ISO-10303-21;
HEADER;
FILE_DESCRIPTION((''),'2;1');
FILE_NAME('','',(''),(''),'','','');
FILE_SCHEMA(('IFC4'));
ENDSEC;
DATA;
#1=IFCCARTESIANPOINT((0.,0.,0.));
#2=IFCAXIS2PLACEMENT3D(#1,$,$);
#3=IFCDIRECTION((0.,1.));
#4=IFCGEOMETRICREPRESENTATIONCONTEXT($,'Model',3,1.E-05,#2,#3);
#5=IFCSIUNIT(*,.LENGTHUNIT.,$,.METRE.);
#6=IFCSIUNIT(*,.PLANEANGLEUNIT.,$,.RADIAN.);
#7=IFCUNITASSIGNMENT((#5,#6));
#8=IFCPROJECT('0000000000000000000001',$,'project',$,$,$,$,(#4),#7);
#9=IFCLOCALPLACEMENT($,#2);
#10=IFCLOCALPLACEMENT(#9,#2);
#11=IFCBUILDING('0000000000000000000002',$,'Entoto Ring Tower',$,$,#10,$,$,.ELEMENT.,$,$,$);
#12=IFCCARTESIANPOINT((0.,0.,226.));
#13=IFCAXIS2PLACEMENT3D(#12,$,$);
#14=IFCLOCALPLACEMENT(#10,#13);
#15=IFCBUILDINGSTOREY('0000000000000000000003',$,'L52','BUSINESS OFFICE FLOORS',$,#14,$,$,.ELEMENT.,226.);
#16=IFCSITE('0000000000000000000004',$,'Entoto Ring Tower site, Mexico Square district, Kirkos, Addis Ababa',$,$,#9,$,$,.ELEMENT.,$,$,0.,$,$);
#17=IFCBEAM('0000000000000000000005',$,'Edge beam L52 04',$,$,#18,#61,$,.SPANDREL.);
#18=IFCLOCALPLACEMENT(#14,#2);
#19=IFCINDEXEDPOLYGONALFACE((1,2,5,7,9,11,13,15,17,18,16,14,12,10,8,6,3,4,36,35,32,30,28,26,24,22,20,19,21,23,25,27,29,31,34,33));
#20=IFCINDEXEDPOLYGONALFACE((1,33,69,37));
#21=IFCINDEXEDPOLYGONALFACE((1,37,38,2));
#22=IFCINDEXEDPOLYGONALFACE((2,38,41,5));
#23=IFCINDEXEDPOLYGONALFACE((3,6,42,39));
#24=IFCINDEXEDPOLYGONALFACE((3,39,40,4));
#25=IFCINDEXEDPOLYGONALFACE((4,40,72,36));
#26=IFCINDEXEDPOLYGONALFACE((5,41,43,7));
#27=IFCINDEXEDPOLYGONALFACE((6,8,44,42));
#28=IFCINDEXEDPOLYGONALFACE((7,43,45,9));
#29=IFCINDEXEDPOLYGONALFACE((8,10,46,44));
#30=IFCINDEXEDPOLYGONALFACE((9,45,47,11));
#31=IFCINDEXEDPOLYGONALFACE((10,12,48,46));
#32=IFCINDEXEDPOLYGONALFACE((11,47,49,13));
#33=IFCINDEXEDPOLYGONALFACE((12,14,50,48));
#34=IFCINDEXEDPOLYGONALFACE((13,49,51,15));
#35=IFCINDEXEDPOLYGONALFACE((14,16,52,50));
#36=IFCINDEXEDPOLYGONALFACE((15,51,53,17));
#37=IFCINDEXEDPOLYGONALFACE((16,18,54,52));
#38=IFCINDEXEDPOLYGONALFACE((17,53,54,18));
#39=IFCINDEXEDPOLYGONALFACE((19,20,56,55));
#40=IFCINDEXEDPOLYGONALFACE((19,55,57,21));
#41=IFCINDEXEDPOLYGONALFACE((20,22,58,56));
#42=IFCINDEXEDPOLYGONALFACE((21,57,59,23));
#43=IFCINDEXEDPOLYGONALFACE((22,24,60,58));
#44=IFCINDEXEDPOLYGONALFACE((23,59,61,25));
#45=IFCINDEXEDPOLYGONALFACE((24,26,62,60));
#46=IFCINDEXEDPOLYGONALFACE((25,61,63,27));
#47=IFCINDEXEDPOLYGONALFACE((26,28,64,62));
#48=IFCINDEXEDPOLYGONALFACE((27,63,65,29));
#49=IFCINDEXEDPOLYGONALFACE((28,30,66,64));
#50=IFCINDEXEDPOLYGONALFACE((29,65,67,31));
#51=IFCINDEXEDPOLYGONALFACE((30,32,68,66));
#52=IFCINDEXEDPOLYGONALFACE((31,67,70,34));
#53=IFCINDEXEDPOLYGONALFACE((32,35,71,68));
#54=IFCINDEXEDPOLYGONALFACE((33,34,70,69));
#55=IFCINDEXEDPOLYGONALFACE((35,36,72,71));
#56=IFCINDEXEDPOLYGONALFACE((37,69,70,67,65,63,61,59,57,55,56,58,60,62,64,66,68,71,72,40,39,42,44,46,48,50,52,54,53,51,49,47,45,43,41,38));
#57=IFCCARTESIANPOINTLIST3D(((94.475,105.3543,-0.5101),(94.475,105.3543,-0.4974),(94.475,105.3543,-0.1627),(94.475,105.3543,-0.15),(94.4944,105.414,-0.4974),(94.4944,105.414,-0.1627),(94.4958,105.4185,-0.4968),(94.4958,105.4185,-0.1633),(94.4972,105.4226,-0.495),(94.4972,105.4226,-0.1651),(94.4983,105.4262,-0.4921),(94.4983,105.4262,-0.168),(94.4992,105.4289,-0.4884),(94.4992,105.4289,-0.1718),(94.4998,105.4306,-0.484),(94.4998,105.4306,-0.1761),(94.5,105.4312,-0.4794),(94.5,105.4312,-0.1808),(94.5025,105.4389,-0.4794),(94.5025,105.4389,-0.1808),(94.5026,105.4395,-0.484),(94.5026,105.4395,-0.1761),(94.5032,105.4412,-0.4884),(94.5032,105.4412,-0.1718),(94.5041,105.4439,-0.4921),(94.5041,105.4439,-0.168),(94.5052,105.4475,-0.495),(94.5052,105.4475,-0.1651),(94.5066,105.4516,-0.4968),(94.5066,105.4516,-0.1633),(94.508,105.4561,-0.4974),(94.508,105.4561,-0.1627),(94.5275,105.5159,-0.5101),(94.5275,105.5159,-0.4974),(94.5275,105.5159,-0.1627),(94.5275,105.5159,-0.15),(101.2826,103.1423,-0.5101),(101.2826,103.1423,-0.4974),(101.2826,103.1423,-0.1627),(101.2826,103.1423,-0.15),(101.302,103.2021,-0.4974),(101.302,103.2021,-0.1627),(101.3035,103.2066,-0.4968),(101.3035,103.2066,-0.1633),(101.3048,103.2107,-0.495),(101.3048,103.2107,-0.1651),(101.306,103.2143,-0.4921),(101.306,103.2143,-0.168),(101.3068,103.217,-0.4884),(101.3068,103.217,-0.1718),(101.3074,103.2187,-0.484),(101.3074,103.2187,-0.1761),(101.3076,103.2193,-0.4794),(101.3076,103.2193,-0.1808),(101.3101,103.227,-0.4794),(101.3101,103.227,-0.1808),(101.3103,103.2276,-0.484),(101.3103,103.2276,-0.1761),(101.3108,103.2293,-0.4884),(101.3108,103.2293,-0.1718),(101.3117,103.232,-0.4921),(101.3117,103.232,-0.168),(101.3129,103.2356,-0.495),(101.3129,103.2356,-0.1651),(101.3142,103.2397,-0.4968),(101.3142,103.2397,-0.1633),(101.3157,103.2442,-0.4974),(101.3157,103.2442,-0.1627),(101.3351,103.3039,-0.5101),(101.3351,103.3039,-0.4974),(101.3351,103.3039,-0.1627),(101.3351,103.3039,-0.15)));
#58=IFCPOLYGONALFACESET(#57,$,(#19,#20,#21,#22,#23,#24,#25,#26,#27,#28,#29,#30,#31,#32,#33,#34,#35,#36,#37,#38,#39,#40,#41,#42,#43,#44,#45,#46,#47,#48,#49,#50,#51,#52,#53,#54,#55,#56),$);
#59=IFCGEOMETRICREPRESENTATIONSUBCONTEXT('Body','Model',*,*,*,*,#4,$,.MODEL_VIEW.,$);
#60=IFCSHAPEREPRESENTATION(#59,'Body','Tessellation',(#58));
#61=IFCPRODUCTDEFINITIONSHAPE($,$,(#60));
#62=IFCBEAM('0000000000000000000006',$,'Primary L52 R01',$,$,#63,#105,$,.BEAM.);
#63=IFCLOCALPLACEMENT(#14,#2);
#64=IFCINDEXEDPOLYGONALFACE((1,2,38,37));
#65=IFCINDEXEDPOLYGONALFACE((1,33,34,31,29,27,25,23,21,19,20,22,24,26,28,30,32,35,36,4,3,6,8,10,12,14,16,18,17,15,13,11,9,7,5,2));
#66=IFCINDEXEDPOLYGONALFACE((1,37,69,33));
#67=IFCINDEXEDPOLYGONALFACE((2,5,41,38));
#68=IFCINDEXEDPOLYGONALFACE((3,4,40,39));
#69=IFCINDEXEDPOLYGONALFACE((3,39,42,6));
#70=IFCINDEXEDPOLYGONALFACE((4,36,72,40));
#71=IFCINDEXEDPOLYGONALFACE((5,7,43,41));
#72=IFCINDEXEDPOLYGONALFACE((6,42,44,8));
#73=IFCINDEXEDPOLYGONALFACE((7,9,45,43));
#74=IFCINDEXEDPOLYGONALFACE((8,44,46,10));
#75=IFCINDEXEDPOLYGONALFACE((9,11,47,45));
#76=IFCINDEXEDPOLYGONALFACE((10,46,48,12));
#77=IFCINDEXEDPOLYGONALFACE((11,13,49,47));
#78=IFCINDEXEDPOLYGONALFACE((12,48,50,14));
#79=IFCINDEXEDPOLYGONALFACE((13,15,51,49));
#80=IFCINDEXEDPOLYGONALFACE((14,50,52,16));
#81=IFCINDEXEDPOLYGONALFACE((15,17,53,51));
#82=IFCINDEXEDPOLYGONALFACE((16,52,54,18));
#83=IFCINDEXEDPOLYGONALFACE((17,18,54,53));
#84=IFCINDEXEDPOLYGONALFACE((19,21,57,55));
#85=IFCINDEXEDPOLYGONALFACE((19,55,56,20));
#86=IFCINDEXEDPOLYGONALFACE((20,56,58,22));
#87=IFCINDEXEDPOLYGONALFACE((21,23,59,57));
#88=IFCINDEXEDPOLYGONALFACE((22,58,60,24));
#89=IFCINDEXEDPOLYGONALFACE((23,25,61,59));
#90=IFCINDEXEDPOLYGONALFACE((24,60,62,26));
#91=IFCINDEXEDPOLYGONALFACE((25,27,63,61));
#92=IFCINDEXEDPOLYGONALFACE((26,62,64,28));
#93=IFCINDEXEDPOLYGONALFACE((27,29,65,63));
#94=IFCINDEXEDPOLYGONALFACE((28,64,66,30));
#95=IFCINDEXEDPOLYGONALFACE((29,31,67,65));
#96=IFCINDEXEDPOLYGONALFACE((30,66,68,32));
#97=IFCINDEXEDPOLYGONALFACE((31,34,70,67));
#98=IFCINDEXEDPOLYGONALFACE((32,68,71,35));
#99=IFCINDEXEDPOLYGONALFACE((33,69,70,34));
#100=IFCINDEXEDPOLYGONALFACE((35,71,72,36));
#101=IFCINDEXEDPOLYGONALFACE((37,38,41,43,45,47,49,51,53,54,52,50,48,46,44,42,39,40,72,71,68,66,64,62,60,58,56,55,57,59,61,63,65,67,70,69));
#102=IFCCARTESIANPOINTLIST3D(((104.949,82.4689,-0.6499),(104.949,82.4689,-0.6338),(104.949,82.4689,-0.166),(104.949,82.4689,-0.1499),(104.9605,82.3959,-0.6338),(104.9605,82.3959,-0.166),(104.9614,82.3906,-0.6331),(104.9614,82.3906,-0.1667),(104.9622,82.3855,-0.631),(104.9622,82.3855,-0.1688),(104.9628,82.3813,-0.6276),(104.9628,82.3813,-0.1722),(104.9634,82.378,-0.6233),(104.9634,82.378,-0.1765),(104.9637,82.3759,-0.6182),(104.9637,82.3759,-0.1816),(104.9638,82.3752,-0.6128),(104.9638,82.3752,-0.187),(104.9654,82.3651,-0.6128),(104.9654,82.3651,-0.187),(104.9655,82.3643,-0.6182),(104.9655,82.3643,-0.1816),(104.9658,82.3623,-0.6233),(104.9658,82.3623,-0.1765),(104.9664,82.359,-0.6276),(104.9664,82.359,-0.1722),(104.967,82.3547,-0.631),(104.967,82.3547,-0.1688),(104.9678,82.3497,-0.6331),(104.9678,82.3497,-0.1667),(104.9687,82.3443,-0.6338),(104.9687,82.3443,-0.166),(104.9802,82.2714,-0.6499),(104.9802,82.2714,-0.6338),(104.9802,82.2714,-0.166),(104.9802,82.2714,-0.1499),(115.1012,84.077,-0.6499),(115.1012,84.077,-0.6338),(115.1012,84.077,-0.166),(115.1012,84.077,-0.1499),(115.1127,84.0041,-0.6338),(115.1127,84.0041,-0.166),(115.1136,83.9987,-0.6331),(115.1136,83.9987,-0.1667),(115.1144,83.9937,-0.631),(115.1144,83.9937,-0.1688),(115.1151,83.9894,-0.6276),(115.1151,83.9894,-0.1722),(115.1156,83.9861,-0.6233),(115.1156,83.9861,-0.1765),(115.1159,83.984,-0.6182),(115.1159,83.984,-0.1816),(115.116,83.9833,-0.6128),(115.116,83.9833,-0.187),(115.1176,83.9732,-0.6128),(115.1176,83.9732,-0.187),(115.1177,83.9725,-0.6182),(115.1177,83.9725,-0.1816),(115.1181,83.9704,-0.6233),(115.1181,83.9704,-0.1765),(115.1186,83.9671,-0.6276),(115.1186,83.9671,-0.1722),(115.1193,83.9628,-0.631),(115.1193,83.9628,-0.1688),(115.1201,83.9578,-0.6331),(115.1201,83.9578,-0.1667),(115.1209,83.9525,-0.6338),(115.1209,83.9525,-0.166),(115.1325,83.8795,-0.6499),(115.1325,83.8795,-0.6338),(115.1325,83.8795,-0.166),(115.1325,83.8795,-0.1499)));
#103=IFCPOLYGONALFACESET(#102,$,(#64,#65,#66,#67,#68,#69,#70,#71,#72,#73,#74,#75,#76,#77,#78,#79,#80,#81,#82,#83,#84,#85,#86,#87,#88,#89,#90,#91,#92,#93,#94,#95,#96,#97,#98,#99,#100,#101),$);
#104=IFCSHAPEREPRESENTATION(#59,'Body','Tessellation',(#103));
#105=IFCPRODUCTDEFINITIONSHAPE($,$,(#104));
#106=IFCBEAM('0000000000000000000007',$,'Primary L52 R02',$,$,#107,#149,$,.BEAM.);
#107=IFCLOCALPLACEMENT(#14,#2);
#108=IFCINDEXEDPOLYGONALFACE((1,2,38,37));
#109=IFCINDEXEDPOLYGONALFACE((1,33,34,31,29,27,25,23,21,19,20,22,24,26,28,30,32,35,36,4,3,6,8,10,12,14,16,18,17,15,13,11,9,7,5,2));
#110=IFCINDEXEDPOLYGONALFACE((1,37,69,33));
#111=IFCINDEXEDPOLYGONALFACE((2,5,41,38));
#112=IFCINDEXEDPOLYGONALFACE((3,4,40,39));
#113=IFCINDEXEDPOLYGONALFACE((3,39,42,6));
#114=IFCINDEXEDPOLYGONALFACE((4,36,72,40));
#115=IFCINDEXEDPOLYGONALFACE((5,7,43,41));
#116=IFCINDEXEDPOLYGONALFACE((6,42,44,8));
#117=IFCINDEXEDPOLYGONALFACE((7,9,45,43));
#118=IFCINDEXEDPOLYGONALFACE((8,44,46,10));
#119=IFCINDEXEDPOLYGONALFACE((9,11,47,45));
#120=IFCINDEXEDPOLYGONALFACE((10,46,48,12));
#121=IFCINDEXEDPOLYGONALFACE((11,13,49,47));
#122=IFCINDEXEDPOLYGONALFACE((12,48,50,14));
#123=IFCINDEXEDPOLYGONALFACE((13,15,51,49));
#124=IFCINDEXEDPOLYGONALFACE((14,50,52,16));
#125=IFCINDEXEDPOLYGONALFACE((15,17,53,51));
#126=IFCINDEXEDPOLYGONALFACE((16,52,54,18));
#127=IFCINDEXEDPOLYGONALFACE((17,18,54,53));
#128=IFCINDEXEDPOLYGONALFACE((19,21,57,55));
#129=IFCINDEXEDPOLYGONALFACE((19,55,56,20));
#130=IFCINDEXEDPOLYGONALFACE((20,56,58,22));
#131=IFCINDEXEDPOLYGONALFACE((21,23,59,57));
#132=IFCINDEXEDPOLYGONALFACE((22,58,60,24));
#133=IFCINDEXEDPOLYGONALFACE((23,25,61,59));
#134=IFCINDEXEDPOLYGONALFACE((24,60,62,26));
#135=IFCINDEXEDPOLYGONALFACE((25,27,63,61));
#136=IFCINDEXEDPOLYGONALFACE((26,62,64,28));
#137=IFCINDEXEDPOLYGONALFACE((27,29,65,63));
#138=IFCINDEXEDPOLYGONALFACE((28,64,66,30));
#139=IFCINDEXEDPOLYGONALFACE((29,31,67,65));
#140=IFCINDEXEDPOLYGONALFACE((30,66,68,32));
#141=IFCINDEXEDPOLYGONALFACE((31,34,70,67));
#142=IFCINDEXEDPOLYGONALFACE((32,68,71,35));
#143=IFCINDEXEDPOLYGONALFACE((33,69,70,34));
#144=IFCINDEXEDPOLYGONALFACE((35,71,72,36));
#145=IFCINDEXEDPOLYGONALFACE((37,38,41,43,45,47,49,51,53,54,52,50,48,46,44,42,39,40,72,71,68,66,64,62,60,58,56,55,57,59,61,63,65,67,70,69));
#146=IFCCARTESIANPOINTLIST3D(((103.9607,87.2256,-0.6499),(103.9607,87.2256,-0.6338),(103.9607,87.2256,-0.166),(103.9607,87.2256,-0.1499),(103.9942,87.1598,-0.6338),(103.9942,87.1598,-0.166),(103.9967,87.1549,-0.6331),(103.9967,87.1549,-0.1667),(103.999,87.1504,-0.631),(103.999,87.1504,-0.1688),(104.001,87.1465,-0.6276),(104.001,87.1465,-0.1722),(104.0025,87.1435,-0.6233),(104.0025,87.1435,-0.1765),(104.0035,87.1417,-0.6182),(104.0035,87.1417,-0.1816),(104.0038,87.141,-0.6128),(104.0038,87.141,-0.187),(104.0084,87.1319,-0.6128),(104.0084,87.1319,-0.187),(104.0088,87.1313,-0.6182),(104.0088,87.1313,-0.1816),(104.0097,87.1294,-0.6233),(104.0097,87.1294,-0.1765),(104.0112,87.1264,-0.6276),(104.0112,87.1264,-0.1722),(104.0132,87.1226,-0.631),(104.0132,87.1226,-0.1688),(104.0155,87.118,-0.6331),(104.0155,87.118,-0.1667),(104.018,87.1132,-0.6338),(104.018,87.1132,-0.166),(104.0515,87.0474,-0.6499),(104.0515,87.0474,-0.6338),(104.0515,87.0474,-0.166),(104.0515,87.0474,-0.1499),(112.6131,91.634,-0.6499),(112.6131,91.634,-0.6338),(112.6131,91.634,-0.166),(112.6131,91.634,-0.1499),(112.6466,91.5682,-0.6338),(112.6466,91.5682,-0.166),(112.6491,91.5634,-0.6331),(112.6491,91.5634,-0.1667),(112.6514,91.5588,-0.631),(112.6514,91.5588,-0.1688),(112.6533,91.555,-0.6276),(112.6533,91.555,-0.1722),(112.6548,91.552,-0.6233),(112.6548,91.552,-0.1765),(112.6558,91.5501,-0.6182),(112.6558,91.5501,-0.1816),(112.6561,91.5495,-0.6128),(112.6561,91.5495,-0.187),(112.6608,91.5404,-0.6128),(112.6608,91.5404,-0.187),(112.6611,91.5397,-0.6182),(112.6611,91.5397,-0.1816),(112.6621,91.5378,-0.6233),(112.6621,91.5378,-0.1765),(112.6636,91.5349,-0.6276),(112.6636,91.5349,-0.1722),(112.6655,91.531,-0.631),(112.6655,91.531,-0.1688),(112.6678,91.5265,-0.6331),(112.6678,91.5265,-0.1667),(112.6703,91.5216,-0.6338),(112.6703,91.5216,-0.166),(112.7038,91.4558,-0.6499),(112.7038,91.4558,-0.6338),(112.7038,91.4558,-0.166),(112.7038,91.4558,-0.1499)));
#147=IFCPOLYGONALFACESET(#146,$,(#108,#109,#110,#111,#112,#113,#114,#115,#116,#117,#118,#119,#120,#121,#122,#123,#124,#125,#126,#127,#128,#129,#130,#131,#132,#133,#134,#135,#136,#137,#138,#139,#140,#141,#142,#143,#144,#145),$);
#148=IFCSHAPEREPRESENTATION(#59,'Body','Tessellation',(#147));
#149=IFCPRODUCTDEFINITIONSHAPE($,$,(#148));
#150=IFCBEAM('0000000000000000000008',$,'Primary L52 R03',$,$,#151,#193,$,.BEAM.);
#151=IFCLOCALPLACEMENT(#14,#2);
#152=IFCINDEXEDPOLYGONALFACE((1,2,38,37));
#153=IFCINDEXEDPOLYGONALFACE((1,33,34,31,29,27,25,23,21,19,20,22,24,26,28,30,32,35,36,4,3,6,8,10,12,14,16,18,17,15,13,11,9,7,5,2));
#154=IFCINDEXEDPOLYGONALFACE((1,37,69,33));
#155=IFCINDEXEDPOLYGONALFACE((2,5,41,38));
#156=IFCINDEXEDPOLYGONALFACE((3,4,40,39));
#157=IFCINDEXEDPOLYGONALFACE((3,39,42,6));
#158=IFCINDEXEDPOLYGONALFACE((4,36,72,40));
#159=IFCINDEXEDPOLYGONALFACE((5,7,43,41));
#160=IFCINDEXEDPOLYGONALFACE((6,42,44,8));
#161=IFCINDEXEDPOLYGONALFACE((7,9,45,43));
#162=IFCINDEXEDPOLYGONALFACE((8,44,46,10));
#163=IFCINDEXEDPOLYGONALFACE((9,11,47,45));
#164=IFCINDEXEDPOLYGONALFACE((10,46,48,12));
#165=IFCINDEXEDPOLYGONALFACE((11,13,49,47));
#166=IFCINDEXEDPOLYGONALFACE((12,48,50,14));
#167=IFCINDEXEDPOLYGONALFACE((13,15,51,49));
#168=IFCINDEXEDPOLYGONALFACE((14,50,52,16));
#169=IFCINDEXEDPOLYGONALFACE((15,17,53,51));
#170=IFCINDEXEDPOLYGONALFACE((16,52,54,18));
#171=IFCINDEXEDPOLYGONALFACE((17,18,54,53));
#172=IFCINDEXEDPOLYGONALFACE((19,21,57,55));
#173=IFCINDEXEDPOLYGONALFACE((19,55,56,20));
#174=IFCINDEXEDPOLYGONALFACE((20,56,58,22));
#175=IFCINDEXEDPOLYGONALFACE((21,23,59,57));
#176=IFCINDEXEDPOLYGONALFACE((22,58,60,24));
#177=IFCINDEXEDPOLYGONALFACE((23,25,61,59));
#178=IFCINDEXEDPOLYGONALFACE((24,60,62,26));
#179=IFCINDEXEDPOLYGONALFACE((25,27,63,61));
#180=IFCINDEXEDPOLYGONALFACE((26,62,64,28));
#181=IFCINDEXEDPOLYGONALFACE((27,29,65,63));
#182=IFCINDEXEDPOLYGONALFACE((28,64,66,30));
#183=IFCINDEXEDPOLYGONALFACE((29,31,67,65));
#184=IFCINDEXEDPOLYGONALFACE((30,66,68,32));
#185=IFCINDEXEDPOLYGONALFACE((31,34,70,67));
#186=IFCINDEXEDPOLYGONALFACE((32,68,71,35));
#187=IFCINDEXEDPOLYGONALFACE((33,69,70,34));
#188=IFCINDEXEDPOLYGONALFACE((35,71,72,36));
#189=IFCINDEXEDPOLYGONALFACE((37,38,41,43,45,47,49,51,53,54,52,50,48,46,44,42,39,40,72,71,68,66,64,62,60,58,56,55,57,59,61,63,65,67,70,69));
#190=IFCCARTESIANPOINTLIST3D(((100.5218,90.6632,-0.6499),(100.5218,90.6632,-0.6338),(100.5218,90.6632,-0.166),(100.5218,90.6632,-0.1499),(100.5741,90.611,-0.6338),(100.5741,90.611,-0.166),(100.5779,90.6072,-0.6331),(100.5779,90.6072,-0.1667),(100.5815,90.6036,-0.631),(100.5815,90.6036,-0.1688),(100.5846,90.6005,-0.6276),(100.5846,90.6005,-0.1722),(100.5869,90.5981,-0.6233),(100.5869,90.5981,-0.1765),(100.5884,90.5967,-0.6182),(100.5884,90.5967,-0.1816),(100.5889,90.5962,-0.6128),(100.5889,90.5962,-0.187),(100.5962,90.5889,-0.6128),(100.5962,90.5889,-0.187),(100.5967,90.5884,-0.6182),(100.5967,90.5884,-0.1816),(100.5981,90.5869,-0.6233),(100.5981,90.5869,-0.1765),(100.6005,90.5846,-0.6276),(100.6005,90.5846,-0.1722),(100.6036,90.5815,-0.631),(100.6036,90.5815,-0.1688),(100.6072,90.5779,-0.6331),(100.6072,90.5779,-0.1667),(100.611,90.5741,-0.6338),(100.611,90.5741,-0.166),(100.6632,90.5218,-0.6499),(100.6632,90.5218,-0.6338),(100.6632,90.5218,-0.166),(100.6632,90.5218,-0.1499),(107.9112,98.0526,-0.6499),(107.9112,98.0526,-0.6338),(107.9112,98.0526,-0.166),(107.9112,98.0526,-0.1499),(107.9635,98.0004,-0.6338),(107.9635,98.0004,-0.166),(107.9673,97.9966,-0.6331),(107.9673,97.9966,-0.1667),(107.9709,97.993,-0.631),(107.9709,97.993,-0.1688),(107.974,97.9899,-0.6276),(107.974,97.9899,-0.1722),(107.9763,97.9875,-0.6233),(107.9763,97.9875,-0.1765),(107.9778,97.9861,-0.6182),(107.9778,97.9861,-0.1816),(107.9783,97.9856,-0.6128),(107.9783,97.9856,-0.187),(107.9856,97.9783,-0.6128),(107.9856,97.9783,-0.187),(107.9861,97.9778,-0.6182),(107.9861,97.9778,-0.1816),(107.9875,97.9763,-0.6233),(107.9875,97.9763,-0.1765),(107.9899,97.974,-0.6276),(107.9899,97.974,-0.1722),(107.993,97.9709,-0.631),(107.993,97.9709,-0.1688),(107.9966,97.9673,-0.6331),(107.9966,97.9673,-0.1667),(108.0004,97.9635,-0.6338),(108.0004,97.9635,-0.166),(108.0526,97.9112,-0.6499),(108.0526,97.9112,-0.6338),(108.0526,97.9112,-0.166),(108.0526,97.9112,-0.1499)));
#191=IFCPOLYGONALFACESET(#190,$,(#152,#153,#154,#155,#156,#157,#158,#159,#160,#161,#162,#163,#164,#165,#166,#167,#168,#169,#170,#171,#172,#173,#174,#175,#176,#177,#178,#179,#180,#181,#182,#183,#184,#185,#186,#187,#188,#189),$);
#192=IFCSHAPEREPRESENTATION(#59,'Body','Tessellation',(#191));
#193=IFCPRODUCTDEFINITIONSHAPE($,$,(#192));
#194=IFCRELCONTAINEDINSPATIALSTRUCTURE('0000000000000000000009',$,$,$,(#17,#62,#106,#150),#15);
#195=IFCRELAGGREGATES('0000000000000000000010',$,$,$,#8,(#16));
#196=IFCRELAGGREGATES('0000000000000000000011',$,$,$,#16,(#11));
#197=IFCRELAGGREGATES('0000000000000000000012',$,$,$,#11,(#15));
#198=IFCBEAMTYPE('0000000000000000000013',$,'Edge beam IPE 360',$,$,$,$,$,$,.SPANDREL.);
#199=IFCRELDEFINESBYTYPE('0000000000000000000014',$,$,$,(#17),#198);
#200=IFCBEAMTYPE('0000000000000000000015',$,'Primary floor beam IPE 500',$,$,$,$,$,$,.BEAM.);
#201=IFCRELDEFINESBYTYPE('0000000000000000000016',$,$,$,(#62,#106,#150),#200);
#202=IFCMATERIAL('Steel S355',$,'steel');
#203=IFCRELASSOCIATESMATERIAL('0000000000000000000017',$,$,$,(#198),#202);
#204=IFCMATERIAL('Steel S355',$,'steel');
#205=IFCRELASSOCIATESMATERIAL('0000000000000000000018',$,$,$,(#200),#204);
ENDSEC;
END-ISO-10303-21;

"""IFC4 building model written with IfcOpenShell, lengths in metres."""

from ifc_helpers import new_model, si_unit, direction, frame, origin, origin_2d, place, context, subcontext, project, spatial, i_section, extrude, material, material_profile, profile_set, type_object, element, save


model = new_model("IFC4")

# Units and contexts
model_context = context("Model", 3, precision=1e-05, world=origin(), true_north=direction((0.0, 1.0)))
body_context = subcontext(model_context, "Body", "Model", "MODEL_VIEW")
ifc_project = project(units=[si_unit("LENGTHUNIT", "METRE"), si_unit("PLANEANGLEUNIT", "RADIAN")], contexts=[model_context])

# Site, building, storey
site_placement = place(None, origin())
site = spatial("IfcSite", under=ifc_project, at=site_placement, Name="Entoto Ring Tower site, Mexico Square district, Kirkos, Addis Ababa", CompositionType="ELEMENT", RefElevation=0.0)
building_placement = place(site_placement, origin())
building = spatial("IfcBuilding", under=site, at=building_placement, Name="Entoto Ring Tower", CompositionType="ELEMENT")
storey_placement = place(building_placement, frame((0.0, 0.0, 226.0)))
storey = spatial("IfcBuildingStorey", under=building, at=storey_placement, Name="L52", Description="BUSINESS OFFICE FLOORS", CompositionType="ELEMENT", Elevation=226.0)

# Beams
ifc_material_1 = material(Name="Steel S355", Category="steel")
ifc_material_profile_1 = material_profile(ifc_material_1, i_section(OverallWidth=0.1699, OverallDepth=0.3601, WebThickness=0.0081, FlangeThickness=0.0127, FilletRadius=0.0181, at=origin_2d()), Name="IPE 360")
ifc_profile_set_1 = profile_set([ifc_material_profile_1], Name="Steel S355")
beam_type_1 = type_object("IfcBeamType", Name="Edge beam IPE 360", PredefinedType="SPANDREL", material=ifc_profile_set_1)
beam_1_placement = place(storey_placement, frame((101.3088, 103.2231, -0.3301), z_axis=(-0.951057, 0.309015, 0.0), x_axis=(-0.309015, -0.951057, 0.0)))
element("IfcBeam", 1, at=beam_1_placement, inside=storey, type_object=beam_type_1, Name="Edge beam L52 04", PredefinedType="SPANDREL", context=body_context, shape_type="SweptSolid", body=[
    extrude(i_section(OverallWidth=0.1699, OverallDepth=0.3601, WebThickness=0.0081, FlangeThickness=0.0127, FilletRadius=0.0181, at=origin_2d()), origin(), (0.0, 0.0, 1.0), 7.158),
])
ifc_material_2 = material(Name="Steel S355", Category="steel")
ifc_material_profile_2 = material_profile(ifc_material_2, i_section(OverallWidth=0.2, OverallDepth=0.5, WebThickness=0.0103, FlangeThickness=0.0161, FilletRadius=0.021, at=origin_2d()), Name="IPE 500")
ifc_profile_set_2 = profile_set([ifc_material_profile_2], Name="Steel S355")
beam_type_2 = type_object("IfcBeamType", Name="Primary floor beam IPE 500", PredefinedType="BEAM", material=ifc_profile_set_2)
beam_2_placement = place(storey_placement, frame((104.9646, 82.3701, -0.3999), z_axis=(0.987686, 0.156452, 0.0), x_axis=(-0.156452, 0.987686, 0.0)))
element("IfcBeam", 2, at=beam_2_placement, inside=storey, type_object=beam_type_2, Name="Primary L52 R01", PredefinedType="BEAM", context=body_context, shape_type="SweptSolid", body=[
    extrude(i_section(OverallWidth=0.2, OverallDepth=0.5, WebThickness=0.0103, FlangeThickness=0.0161, FilletRadius=0.021, at=origin_2d()), origin(), (0.0, 0.0, 1.0), 10.2788),
])
beam_3_placement = place(storey_placement, frame((104.0061, 87.1365, -0.3999), z_axis=(0.891012, 0.453979, 0.0), x_axis=(-0.453979, 0.891012, 0.0)))
element("IfcBeam", 3, at=beam_3_placement, inside=storey, type_object=beam_type_2, Name="Primary L52 R02", PredefinedType="BEAM", context=body_context, shape_type="SweptSolid", body=[
    extrude(i_section(OverallWidth=0.2, OverallDepth=0.5, WebThickness=0.0103, FlangeThickness=0.0161, FilletRadius=0.021, at=origin_2d()), origin(), (0.0, 0.0, 1.0), 9.7107),
])
beam_4_placement = place(storey_placement, frame((100.5925, 90.5925, -0.3999), z_axis=(0.707107, 0.707107, 0.0), x_axis=(-0.707107, 0.707107, 0.0)))
element("IfcBeam", 4, at=beam_4_placement, inside=storey, type_object=beam_type_2, Name="Primary L52 R03", PredefinedType="BEAM", context=body_context, shape_type="SweptSolid", body=[
    extrude(i_section(OverallWidth=0.2, OverallDepth=0.5, WebThickness=0.0103, FlangeThickness=0.0161, FilletRadius=0.021, at=origin_2d()), origin(), (0.0, 0.0, 1.0), 10.4502),
])

save(model, "model.ifc")
